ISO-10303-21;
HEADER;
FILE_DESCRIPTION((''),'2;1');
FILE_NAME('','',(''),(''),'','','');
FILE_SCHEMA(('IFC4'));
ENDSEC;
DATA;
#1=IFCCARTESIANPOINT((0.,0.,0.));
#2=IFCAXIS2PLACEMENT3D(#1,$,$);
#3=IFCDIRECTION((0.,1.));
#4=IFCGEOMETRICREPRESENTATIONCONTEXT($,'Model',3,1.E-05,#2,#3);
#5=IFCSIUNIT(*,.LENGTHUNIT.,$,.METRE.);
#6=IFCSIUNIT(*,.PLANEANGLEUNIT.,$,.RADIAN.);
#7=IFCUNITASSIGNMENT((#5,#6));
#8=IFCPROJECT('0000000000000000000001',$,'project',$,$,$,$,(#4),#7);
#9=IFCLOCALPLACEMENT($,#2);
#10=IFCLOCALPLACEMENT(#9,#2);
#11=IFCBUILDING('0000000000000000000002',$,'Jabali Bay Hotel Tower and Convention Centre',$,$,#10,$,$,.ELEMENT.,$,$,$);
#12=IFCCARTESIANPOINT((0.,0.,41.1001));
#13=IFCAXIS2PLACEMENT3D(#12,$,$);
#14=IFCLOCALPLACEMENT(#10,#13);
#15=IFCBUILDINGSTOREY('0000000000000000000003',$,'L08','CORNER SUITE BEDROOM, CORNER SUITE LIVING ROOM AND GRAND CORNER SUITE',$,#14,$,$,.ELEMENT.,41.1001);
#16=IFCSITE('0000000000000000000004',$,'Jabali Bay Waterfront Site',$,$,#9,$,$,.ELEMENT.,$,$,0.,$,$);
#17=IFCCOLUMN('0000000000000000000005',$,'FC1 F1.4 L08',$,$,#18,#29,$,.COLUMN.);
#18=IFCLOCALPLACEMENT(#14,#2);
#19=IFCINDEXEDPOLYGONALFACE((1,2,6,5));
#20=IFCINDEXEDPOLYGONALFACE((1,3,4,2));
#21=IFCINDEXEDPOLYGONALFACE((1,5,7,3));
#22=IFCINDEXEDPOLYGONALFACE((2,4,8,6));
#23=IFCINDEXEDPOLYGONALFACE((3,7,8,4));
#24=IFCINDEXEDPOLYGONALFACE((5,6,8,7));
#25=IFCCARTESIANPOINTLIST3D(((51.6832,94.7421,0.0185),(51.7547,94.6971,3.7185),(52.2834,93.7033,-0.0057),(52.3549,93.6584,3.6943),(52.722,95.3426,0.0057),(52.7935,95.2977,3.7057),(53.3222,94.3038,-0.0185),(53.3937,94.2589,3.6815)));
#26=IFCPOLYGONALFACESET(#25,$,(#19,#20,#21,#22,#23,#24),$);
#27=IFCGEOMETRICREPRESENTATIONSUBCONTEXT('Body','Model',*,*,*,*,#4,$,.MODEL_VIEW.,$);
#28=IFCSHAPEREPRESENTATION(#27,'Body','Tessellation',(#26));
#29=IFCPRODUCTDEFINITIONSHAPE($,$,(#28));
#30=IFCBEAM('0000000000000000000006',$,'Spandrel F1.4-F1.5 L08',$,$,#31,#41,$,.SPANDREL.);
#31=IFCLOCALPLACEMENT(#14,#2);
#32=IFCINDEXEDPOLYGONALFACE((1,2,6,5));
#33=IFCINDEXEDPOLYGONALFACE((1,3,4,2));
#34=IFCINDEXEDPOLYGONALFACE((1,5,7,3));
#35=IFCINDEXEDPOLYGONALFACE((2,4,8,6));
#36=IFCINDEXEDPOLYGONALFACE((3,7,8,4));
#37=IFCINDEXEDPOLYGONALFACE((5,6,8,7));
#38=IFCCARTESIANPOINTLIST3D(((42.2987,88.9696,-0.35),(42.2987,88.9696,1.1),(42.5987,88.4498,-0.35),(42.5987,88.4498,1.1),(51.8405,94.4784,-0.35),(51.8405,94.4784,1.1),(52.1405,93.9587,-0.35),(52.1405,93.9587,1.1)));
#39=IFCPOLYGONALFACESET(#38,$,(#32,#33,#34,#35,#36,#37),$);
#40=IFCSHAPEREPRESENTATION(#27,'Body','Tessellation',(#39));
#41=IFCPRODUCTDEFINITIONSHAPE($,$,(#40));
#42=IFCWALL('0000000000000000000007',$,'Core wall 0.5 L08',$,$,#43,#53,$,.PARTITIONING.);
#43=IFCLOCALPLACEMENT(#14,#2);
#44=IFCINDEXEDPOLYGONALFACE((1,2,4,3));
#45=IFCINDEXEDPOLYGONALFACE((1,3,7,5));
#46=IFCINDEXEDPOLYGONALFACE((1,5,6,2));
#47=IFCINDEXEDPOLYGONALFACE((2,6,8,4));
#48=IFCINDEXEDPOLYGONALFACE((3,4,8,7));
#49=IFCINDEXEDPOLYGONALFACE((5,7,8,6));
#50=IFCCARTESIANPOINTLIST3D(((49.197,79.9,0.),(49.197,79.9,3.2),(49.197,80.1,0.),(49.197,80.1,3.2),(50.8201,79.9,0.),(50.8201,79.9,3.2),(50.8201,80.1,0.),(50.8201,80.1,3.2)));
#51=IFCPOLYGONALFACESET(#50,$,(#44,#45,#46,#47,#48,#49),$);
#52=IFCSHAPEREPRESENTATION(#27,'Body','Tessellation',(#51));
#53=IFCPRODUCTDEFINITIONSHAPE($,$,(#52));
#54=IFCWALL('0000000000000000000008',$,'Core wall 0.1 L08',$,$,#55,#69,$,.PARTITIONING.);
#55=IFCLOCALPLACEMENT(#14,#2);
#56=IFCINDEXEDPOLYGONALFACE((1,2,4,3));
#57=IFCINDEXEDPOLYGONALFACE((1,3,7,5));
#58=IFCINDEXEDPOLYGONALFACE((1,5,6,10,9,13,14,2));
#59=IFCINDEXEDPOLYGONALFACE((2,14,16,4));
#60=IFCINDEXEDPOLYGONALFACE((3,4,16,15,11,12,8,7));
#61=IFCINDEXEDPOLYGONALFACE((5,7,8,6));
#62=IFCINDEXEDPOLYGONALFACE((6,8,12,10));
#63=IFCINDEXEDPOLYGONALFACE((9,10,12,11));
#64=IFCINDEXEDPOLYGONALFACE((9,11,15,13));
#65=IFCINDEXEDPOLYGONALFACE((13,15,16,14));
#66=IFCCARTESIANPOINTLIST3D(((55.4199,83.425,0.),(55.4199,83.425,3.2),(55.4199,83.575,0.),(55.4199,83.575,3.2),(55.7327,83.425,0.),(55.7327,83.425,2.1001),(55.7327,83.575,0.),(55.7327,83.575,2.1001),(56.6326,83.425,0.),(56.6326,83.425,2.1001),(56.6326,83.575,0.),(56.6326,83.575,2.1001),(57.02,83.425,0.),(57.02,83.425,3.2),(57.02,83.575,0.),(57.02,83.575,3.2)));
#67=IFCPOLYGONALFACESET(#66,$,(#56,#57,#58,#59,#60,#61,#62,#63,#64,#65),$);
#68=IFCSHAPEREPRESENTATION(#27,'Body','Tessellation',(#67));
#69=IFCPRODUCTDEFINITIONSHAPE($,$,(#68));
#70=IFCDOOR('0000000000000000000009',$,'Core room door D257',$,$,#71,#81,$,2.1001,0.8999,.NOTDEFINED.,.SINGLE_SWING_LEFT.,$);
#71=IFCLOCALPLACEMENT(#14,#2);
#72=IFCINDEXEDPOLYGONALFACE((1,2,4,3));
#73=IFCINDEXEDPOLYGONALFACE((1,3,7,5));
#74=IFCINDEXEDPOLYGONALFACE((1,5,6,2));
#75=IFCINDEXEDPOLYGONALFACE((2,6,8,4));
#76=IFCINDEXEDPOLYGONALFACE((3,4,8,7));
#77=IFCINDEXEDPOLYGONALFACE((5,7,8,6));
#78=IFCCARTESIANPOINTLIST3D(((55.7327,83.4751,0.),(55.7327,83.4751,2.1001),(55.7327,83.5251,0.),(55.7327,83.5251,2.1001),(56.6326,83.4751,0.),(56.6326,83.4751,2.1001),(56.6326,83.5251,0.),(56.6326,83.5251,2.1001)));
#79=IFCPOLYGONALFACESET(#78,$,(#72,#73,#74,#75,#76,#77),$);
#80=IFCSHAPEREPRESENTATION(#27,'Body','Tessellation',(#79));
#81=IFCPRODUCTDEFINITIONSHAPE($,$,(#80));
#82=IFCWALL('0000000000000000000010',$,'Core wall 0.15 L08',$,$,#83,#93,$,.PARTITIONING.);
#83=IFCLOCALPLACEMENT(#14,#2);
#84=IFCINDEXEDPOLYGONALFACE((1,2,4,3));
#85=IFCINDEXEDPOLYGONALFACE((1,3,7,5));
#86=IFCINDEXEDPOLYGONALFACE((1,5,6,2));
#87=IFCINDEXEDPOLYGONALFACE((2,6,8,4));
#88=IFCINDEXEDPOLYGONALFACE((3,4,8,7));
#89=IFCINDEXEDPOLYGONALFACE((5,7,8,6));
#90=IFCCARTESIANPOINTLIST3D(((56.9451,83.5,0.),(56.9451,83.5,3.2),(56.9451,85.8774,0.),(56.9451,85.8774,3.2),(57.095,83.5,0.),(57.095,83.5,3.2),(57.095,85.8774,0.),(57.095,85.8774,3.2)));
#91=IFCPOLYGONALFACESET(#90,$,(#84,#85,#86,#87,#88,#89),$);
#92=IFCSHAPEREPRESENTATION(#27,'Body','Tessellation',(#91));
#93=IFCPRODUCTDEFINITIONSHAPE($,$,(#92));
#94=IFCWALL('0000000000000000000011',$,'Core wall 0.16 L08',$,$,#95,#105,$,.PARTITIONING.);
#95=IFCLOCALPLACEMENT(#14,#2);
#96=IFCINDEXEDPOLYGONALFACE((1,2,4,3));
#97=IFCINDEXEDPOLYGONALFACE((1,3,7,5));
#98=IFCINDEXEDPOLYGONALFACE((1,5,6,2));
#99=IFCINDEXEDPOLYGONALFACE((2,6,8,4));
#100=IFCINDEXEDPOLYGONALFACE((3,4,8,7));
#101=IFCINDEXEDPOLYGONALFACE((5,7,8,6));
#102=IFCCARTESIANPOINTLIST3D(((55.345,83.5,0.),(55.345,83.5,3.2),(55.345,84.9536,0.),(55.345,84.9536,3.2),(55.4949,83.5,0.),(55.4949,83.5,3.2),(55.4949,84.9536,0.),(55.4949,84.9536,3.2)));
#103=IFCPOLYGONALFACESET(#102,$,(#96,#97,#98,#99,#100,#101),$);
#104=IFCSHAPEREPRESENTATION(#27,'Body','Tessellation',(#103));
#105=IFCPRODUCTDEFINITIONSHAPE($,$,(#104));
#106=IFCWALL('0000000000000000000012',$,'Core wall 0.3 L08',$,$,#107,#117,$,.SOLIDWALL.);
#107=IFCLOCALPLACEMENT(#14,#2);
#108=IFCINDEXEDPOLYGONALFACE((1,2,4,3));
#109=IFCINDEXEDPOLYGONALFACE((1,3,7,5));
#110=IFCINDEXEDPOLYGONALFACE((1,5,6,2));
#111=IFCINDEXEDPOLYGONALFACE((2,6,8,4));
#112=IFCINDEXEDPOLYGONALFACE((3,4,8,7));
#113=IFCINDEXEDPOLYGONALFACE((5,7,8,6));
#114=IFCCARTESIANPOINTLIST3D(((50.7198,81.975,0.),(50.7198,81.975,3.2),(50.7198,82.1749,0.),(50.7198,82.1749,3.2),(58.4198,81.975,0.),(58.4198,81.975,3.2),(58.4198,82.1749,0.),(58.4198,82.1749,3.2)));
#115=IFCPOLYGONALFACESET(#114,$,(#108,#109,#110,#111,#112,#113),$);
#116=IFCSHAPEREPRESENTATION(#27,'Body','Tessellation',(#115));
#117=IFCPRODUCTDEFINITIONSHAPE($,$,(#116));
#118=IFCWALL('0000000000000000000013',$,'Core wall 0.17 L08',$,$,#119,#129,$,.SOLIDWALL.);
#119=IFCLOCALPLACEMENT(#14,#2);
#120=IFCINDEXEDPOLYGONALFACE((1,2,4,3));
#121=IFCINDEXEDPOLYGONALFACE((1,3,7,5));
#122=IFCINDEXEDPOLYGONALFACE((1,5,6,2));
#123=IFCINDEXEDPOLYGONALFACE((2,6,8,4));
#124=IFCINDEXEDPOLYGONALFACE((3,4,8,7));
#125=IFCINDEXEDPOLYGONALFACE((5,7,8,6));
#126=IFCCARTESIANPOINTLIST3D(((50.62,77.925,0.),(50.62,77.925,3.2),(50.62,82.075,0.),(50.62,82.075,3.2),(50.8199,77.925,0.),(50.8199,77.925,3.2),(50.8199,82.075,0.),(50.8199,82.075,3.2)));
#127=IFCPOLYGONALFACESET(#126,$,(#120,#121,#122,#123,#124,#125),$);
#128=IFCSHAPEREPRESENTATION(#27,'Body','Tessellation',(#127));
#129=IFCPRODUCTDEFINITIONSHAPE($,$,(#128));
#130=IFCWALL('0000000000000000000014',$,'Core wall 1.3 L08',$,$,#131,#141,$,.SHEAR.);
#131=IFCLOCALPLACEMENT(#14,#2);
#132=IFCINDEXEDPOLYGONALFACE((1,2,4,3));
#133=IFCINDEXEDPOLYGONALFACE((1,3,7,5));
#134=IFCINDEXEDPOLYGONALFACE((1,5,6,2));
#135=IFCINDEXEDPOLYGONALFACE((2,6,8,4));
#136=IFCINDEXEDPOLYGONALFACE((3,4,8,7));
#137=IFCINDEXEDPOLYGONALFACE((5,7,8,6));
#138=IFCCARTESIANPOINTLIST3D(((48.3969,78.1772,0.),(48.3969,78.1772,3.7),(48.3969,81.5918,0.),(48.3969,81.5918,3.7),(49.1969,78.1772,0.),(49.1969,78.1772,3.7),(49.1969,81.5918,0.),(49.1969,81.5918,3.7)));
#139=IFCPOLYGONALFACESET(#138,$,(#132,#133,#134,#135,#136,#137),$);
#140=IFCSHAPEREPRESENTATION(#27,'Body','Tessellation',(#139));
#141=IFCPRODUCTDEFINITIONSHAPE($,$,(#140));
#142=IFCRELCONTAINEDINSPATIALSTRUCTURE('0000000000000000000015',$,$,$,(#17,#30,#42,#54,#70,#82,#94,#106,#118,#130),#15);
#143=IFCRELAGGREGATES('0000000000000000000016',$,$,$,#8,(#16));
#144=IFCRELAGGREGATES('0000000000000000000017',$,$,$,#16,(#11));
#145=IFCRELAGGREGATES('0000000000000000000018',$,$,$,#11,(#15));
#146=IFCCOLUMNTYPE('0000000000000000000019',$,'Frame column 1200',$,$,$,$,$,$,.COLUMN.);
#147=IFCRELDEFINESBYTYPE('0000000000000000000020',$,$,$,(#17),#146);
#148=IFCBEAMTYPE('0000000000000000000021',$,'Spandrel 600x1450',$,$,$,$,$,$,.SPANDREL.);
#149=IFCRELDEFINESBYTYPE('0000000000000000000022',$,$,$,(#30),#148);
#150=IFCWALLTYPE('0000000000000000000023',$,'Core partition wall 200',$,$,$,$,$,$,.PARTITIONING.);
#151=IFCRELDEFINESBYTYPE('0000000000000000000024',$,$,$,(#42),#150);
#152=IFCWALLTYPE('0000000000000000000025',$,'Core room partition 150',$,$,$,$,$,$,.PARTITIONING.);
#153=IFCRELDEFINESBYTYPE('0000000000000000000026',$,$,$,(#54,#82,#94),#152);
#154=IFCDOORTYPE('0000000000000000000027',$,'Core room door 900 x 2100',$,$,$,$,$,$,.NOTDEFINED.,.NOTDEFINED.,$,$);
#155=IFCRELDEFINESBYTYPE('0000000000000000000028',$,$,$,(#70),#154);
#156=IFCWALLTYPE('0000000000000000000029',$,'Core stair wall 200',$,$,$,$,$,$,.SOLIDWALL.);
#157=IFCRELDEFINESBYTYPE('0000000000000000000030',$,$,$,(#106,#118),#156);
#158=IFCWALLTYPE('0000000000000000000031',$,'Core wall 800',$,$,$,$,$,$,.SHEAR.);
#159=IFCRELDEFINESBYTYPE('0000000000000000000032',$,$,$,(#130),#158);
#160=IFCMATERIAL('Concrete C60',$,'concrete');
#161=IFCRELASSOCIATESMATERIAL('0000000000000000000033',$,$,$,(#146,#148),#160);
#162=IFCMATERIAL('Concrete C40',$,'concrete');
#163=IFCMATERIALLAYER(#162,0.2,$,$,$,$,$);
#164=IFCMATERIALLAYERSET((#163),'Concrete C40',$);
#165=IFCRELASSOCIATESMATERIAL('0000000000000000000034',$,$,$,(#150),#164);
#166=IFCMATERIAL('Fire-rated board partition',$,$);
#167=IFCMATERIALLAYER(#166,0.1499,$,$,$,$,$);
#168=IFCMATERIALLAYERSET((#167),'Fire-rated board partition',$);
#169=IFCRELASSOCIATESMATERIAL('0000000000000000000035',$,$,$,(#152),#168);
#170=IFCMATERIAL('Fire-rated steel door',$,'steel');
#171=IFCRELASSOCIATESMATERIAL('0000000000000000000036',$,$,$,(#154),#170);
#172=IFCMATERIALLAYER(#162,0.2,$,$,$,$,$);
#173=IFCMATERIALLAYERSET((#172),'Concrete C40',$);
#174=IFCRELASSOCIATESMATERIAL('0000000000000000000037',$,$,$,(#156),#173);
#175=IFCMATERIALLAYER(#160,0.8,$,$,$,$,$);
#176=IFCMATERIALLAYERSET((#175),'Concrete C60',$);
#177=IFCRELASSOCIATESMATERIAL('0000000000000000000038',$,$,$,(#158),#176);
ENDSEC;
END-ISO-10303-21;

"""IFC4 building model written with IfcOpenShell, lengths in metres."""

from ifc_helpers import new_model, si_unit, direction, frame, frame_2d, origin, origin_2d, place, context, subcontext, project, spatial, rectangle, extrude, material, layer, layer_set, material_profile, profile_set, type_object, element, fill, save


model = new_model("IFC4")

# Units and contexts
model_context = context("Model", 3, precision=1e-05, world=origin(), true_north=direction((0.0, 1.0)))
body_context = subcontext(model_context, "Body", "Model", "MODEL_VIEW")
ifc_project = project(units=[si_unit("LENGTHUNIT", "METRE"), si_unit("PLANEANGLEUNIT", "RADIAN")], contexts=[model_context])

# Site, building, storey
site_placement = place(None, origin())
site = spatial("IfcSite", under=ifc_project, at=site_placement, Name="Jabali Bay Waterfront Site", CompositionType="ELEMENT", RefElevation=0.0)
building_placement = place(site_placement, origin())
building = spatial("IfcBuilding", under=site, at=building_placement, Name="Jabali Bay Hotel Tower and Convention Centre", CompositionType="ELEMENT")
storey_placement = place(building_placement, frame((0.0, 0.0, 41.1001)))
storey = spatial("IfcBuildingStorey", under=building, at=storey_placement, Name="L08", Description="CORNER SUITE BEDROOM, CORNER SUITE LIVING ROOM AND GRAND CORNER SUITE", CompositionType="ELEMENT", Elevation=41.1001)

# Column
ifc_material_1 = material(Name="Concrete C60", Category="concrete")
ifc_material_profile_1 = material_profile(ifc_material_1, rectangle(XDim=1.2, YDim=1.2, at=origin_2d()), Name="Frame column 1200")
ifc_profile_set_1 = profile_set([ifc_material_profile_1], Name="Concrete C60")
column_type = type_object("IfcColumnType", Name="Frame column 1200", PredefinedType="COLUMN", material=ifc_profile_set_1)
column_placement = place(storey_placement, frame((52.5027, 94.5229, 0.0), z_axis=(0.019329, -0.012138, 0.99974), x_axis=(-0.5002, 0.865675, 0.020181)))
element("IfcColumn", 1, at=column_placement, inside=storey, type_object=column_type, Name="FC1 F1.4 L08", PredefinedType="COLUMN", context=body_context, shape_type="SweptSolid", body=[
    extrude(rectangle(XDim=1.2, YDim=1.2, at=origin_2d()), origin(), (0.0, 0.0, 1.0), 3.7009),
])

# Beam
ifc_material_profile_2 = material_profile(ifc_material_1, rectangle(XDim=0.6001, YDim=1.45, at=origin_2d()), Name="Spandrel 600x1450")
ifc_profile_set_2 = profile_set([ifc_material_profile_2], Name="Concrete C60")
beam_type = type_object("IfcBeamType", Name="Spandrel 600x1450", PredefinedType="SPANDREL", material=ifc_profile_set_2)
beam_placement = place(storey_placement, frame((51.9905, 94.2185, 0.375), z_axis=(-0.866031, -0.49999, 0.0), x_axis=(0.49999, -0.866031, 0.0)))
element("IfcBeam", 2, at=beam_placement, inside=storey, type_object=beam_type, Name="Spandrel F1.4-F1.5 L08", PredefinedType="SPANDREL", context=body_context, shape_type="SweptSolid", body=[
    extrude(rectangle(XDim=0.6001, YDim=1.45, at=origin_2d()), origin(), (0.0, 0.0, 1.0), 11.0178),
])

# Wall
ifc_material_2 = material(Name="Concrete C40", Category="concrete")
ifc_layer_1 = layer(ifc_material_2, 0.2)
ifc_layer_set_1 = layer_set([ifc_layer_1], Name="Concrete C40")
wall_type_1 = type_object("IfcWallType", Name="Core partition wall 200", PredefinedType="PARTITIONING", material=ifc_layer_set_1)
wall_1_placement = place(storey_placement, frame((50.8201, 80.0, 0.0), z_axis=(0.0, 0.0, 1.0), x_axis=(-1.0, 0.0, 0.0)))
element("IfcWall", 3, at=wall_1_placement, inside=storey, type_object=wall_type_1, Name="Core wall 0.5 L08", PredefinedType="PARTITIONING", context=body_context, shape_type="SweptSolid", body=[
    extrude(rectangle(XDim=1.623, YDim=0.2, at=frame_2d((0.8115, 0.0))), origin(), (0.0, 0.0, 1.0), 3.2),
])

# Wall, opening, door
ifc_material_3 = material(Name="Fire-rated board partition")
ifc_layer_2 = layer(ifc_material_3, 0.1499)
ifc_layer_set_2 = layer_set([ifc_layer_2], Name="Fire-rated board partition")
wall_type_2 = type_object("IfcWallType", Name="Core room partition 150", PredefinedType="PARTITIONING", material=ifc_layer_set_2)
wall_2_placement = place(storey_placement, frame((57.02, 83.5, 0.0), z_axis=(0.0, 0.0, 1.0), x_axis=(-1.0, 0.0, 0.0)))
wall_2 = element("IfcWall", 4, at=wall_2_placement, inside=storey, type_object=wall_type_2, Name="Core wall 0.1 L08", PredefinedType="PARTITIONING", context=body_context, shape_type="SweptSolid", body=[
    extrude(rectangle(XDim=1.6001, YDim=0.1499, at=frame_2d((0.8, 0.0))), origin(), (0.0, 0.0, 1.0), 3.2),
])
opening_placement = place(wall_2_placement, frame((0.3875, 0.0, 0.0)))
opening = element("IfcOpeningElement", 5, at=opening_placement, cuts=wall_2, PredefinedType="OPENING", context=body_context, shape_type="SweptSolid", body=[
    extrude(rectangle(XDim=0.8999, YDim=2.1001, at=frame_2d((0.45, 1.05))), frame((0.0, 0.0854, 0.0), z_axis=(0.0, -1.0, 0.0), x_axis=(1.0, 0.0, 0.0)), (0.0, 0.0, 1.0), 0.1709),
])
ifc_material_4 = material(Name="Fire-rated steel door", Category="steel")
door_type = type_object("IfcDoorType", Name="Core room door 900 x 2100", OperationType="NOTDEFINED", PredefinedType="NOTDEFINED", material=ifc_material_4)
door_placement = place(opening_placement, origin())
door = element("IfcDoor", 6, at=door_placement, inside=storey, type_object=door_type, Name="Core room door D257", OperationType="SINGLE_SWING_LEFT", OverallHeight=2.1001, OverallWidth=0.8999, PredefinedType="NOTDEFINED", context=body_context, shape_type="SweptSolid", body=[
    extrude(rectangle(XDim=0.8999, YDim=2.1001, at=frame_2d((0.45, 1.05))), frame((0.0, 0.0249, 0.0), z_axis=(0.0, -1.0, 0.0), x_axis=(1.0, 0.0, 0.0)), (0.0, 0.0, 1.0), 0.05),
])
fill(opening, door)

# Walls
wall_3_placement = place(storey_placement, frame((57.02, 85.8774, 0.0), z_axis=(0.0, 0.0, 1.0), x_axis=(0.0, -1.0, 0.0)))
element("IfcWall", 7, at=wall_3_placement, inside=storey, type_object=wall_type_2, Name="Core wall 0.15 L08", PredefinedType="PARTITIONING", context=body_context, shape_type="SweptSolid", body=[
    extrude(rectangle(XDim=2.3774, YDim=0.1499, at=frame_2d((1.1887, 0.0))), origin(), (0.0, 0.0, 1.0), 3.2),
])
wall_4_placement = place(storey_placement, frame((55.4199, 84.9536, 0.0), z_axis=(0.0, 0.0, 1.0), x_axis=(0.0, -1.0, 0.0)))
element("IfcWall", 8, at=wall_4_placement, inside=storey, type_object=wall_type_2, Name="Core wall 0.16 L08", PredefinedType="PARTITIONING", context=body_context, shape_type="SweptSolid", body=[
    extrude(rectangle(XDim=1.4536, YDim=0.1499, at=frame_2d((0.7268, 0.0))), origin(), (0.0, 0.0, 1.0), 3.2),
])
ifc_layer_3 = layer(ifc_material_2, 0.2)
ifc_layer_set_3 = layer_set([ifc_layer_3], Name="Concrete C40")
wall_type_3 = type_object("IfcWallType", Name="Core stair wall 200", PredefinedType="SOLIDWALL", material=ifc_layer_set_3)
wall_5_placement = place(storey_placement, frame((58.4199, 82.075, 0.0), z_axis=(0.0, 0.0, 1.0), x_axis=(-1.0, 0.0, 0.0)))
element("IfcWall", 9, at=wall_5_placement, inside=storey, type_object=wall_type_3, Name="Core wall 0.3 L08", PredefinedType="SOLIDWALL", context=body_context, shape_type="SweptSolid", body=[
    extrude(rectangle(XDim=7.7, YDim=0.2, at=frame_2d((3.8501, 0.0))), origin(), (0.0, 0.0, 1.0), 3.2),
])
wall_6_placement = place(storey_placement, frame((50.72, 82.075, 0.0), z_axis=(0.0, 0.0, 1.0), x_axis=(0.0, -1.0, 0.0)))
element("IfcWall", 10, at=wall_6_placement, inside=storey, type_object=wall_type_3, Name="Core wall 0.17 L08", PredefinedType="SOLIDWALL", context=body_context, shape_type="SweptSolid", body=[
    extrude(rectangle(XDim=4.1499, YDim=0.2, at=frame_2d((2.075, 0.0))), origin(), (0.0, 0.0, 1.0), 3.2),
])
ifc_layer_4 = layer(ifc_material_1, 0.8)
ifc_layer_set_4 = layer_set([ifc_layer_4], Name="Concrete C60")
wall_type_4 = type_object("IfcWallType", Name="Core wall 800", PredefinedType="SHEAR", material=ifc_layer_set_4)
wall_7_placement = place(storey_placement, frame((48.7969, 81.5918, 0.0), z_axis=(0.0, 0.0, 1.0), x_axis=(0.0, -1.0, 0.0)))
element("IfcWall", 11, at=wall_7_placement, inside=storey, type_object=wall_type_4, Name="Core wall 1.3 L08", PredefinedType="SHEAR", context=body_context, shape_type="SweptSolid", body=[
    extrude(rectangle(XDim=3.4146, YDim=0.8, at=frame_2d((1.7073, 0.0))), origin(), (0.0, 0.0, 1.0), 3.7),
])

save(model, "model.ifc")
